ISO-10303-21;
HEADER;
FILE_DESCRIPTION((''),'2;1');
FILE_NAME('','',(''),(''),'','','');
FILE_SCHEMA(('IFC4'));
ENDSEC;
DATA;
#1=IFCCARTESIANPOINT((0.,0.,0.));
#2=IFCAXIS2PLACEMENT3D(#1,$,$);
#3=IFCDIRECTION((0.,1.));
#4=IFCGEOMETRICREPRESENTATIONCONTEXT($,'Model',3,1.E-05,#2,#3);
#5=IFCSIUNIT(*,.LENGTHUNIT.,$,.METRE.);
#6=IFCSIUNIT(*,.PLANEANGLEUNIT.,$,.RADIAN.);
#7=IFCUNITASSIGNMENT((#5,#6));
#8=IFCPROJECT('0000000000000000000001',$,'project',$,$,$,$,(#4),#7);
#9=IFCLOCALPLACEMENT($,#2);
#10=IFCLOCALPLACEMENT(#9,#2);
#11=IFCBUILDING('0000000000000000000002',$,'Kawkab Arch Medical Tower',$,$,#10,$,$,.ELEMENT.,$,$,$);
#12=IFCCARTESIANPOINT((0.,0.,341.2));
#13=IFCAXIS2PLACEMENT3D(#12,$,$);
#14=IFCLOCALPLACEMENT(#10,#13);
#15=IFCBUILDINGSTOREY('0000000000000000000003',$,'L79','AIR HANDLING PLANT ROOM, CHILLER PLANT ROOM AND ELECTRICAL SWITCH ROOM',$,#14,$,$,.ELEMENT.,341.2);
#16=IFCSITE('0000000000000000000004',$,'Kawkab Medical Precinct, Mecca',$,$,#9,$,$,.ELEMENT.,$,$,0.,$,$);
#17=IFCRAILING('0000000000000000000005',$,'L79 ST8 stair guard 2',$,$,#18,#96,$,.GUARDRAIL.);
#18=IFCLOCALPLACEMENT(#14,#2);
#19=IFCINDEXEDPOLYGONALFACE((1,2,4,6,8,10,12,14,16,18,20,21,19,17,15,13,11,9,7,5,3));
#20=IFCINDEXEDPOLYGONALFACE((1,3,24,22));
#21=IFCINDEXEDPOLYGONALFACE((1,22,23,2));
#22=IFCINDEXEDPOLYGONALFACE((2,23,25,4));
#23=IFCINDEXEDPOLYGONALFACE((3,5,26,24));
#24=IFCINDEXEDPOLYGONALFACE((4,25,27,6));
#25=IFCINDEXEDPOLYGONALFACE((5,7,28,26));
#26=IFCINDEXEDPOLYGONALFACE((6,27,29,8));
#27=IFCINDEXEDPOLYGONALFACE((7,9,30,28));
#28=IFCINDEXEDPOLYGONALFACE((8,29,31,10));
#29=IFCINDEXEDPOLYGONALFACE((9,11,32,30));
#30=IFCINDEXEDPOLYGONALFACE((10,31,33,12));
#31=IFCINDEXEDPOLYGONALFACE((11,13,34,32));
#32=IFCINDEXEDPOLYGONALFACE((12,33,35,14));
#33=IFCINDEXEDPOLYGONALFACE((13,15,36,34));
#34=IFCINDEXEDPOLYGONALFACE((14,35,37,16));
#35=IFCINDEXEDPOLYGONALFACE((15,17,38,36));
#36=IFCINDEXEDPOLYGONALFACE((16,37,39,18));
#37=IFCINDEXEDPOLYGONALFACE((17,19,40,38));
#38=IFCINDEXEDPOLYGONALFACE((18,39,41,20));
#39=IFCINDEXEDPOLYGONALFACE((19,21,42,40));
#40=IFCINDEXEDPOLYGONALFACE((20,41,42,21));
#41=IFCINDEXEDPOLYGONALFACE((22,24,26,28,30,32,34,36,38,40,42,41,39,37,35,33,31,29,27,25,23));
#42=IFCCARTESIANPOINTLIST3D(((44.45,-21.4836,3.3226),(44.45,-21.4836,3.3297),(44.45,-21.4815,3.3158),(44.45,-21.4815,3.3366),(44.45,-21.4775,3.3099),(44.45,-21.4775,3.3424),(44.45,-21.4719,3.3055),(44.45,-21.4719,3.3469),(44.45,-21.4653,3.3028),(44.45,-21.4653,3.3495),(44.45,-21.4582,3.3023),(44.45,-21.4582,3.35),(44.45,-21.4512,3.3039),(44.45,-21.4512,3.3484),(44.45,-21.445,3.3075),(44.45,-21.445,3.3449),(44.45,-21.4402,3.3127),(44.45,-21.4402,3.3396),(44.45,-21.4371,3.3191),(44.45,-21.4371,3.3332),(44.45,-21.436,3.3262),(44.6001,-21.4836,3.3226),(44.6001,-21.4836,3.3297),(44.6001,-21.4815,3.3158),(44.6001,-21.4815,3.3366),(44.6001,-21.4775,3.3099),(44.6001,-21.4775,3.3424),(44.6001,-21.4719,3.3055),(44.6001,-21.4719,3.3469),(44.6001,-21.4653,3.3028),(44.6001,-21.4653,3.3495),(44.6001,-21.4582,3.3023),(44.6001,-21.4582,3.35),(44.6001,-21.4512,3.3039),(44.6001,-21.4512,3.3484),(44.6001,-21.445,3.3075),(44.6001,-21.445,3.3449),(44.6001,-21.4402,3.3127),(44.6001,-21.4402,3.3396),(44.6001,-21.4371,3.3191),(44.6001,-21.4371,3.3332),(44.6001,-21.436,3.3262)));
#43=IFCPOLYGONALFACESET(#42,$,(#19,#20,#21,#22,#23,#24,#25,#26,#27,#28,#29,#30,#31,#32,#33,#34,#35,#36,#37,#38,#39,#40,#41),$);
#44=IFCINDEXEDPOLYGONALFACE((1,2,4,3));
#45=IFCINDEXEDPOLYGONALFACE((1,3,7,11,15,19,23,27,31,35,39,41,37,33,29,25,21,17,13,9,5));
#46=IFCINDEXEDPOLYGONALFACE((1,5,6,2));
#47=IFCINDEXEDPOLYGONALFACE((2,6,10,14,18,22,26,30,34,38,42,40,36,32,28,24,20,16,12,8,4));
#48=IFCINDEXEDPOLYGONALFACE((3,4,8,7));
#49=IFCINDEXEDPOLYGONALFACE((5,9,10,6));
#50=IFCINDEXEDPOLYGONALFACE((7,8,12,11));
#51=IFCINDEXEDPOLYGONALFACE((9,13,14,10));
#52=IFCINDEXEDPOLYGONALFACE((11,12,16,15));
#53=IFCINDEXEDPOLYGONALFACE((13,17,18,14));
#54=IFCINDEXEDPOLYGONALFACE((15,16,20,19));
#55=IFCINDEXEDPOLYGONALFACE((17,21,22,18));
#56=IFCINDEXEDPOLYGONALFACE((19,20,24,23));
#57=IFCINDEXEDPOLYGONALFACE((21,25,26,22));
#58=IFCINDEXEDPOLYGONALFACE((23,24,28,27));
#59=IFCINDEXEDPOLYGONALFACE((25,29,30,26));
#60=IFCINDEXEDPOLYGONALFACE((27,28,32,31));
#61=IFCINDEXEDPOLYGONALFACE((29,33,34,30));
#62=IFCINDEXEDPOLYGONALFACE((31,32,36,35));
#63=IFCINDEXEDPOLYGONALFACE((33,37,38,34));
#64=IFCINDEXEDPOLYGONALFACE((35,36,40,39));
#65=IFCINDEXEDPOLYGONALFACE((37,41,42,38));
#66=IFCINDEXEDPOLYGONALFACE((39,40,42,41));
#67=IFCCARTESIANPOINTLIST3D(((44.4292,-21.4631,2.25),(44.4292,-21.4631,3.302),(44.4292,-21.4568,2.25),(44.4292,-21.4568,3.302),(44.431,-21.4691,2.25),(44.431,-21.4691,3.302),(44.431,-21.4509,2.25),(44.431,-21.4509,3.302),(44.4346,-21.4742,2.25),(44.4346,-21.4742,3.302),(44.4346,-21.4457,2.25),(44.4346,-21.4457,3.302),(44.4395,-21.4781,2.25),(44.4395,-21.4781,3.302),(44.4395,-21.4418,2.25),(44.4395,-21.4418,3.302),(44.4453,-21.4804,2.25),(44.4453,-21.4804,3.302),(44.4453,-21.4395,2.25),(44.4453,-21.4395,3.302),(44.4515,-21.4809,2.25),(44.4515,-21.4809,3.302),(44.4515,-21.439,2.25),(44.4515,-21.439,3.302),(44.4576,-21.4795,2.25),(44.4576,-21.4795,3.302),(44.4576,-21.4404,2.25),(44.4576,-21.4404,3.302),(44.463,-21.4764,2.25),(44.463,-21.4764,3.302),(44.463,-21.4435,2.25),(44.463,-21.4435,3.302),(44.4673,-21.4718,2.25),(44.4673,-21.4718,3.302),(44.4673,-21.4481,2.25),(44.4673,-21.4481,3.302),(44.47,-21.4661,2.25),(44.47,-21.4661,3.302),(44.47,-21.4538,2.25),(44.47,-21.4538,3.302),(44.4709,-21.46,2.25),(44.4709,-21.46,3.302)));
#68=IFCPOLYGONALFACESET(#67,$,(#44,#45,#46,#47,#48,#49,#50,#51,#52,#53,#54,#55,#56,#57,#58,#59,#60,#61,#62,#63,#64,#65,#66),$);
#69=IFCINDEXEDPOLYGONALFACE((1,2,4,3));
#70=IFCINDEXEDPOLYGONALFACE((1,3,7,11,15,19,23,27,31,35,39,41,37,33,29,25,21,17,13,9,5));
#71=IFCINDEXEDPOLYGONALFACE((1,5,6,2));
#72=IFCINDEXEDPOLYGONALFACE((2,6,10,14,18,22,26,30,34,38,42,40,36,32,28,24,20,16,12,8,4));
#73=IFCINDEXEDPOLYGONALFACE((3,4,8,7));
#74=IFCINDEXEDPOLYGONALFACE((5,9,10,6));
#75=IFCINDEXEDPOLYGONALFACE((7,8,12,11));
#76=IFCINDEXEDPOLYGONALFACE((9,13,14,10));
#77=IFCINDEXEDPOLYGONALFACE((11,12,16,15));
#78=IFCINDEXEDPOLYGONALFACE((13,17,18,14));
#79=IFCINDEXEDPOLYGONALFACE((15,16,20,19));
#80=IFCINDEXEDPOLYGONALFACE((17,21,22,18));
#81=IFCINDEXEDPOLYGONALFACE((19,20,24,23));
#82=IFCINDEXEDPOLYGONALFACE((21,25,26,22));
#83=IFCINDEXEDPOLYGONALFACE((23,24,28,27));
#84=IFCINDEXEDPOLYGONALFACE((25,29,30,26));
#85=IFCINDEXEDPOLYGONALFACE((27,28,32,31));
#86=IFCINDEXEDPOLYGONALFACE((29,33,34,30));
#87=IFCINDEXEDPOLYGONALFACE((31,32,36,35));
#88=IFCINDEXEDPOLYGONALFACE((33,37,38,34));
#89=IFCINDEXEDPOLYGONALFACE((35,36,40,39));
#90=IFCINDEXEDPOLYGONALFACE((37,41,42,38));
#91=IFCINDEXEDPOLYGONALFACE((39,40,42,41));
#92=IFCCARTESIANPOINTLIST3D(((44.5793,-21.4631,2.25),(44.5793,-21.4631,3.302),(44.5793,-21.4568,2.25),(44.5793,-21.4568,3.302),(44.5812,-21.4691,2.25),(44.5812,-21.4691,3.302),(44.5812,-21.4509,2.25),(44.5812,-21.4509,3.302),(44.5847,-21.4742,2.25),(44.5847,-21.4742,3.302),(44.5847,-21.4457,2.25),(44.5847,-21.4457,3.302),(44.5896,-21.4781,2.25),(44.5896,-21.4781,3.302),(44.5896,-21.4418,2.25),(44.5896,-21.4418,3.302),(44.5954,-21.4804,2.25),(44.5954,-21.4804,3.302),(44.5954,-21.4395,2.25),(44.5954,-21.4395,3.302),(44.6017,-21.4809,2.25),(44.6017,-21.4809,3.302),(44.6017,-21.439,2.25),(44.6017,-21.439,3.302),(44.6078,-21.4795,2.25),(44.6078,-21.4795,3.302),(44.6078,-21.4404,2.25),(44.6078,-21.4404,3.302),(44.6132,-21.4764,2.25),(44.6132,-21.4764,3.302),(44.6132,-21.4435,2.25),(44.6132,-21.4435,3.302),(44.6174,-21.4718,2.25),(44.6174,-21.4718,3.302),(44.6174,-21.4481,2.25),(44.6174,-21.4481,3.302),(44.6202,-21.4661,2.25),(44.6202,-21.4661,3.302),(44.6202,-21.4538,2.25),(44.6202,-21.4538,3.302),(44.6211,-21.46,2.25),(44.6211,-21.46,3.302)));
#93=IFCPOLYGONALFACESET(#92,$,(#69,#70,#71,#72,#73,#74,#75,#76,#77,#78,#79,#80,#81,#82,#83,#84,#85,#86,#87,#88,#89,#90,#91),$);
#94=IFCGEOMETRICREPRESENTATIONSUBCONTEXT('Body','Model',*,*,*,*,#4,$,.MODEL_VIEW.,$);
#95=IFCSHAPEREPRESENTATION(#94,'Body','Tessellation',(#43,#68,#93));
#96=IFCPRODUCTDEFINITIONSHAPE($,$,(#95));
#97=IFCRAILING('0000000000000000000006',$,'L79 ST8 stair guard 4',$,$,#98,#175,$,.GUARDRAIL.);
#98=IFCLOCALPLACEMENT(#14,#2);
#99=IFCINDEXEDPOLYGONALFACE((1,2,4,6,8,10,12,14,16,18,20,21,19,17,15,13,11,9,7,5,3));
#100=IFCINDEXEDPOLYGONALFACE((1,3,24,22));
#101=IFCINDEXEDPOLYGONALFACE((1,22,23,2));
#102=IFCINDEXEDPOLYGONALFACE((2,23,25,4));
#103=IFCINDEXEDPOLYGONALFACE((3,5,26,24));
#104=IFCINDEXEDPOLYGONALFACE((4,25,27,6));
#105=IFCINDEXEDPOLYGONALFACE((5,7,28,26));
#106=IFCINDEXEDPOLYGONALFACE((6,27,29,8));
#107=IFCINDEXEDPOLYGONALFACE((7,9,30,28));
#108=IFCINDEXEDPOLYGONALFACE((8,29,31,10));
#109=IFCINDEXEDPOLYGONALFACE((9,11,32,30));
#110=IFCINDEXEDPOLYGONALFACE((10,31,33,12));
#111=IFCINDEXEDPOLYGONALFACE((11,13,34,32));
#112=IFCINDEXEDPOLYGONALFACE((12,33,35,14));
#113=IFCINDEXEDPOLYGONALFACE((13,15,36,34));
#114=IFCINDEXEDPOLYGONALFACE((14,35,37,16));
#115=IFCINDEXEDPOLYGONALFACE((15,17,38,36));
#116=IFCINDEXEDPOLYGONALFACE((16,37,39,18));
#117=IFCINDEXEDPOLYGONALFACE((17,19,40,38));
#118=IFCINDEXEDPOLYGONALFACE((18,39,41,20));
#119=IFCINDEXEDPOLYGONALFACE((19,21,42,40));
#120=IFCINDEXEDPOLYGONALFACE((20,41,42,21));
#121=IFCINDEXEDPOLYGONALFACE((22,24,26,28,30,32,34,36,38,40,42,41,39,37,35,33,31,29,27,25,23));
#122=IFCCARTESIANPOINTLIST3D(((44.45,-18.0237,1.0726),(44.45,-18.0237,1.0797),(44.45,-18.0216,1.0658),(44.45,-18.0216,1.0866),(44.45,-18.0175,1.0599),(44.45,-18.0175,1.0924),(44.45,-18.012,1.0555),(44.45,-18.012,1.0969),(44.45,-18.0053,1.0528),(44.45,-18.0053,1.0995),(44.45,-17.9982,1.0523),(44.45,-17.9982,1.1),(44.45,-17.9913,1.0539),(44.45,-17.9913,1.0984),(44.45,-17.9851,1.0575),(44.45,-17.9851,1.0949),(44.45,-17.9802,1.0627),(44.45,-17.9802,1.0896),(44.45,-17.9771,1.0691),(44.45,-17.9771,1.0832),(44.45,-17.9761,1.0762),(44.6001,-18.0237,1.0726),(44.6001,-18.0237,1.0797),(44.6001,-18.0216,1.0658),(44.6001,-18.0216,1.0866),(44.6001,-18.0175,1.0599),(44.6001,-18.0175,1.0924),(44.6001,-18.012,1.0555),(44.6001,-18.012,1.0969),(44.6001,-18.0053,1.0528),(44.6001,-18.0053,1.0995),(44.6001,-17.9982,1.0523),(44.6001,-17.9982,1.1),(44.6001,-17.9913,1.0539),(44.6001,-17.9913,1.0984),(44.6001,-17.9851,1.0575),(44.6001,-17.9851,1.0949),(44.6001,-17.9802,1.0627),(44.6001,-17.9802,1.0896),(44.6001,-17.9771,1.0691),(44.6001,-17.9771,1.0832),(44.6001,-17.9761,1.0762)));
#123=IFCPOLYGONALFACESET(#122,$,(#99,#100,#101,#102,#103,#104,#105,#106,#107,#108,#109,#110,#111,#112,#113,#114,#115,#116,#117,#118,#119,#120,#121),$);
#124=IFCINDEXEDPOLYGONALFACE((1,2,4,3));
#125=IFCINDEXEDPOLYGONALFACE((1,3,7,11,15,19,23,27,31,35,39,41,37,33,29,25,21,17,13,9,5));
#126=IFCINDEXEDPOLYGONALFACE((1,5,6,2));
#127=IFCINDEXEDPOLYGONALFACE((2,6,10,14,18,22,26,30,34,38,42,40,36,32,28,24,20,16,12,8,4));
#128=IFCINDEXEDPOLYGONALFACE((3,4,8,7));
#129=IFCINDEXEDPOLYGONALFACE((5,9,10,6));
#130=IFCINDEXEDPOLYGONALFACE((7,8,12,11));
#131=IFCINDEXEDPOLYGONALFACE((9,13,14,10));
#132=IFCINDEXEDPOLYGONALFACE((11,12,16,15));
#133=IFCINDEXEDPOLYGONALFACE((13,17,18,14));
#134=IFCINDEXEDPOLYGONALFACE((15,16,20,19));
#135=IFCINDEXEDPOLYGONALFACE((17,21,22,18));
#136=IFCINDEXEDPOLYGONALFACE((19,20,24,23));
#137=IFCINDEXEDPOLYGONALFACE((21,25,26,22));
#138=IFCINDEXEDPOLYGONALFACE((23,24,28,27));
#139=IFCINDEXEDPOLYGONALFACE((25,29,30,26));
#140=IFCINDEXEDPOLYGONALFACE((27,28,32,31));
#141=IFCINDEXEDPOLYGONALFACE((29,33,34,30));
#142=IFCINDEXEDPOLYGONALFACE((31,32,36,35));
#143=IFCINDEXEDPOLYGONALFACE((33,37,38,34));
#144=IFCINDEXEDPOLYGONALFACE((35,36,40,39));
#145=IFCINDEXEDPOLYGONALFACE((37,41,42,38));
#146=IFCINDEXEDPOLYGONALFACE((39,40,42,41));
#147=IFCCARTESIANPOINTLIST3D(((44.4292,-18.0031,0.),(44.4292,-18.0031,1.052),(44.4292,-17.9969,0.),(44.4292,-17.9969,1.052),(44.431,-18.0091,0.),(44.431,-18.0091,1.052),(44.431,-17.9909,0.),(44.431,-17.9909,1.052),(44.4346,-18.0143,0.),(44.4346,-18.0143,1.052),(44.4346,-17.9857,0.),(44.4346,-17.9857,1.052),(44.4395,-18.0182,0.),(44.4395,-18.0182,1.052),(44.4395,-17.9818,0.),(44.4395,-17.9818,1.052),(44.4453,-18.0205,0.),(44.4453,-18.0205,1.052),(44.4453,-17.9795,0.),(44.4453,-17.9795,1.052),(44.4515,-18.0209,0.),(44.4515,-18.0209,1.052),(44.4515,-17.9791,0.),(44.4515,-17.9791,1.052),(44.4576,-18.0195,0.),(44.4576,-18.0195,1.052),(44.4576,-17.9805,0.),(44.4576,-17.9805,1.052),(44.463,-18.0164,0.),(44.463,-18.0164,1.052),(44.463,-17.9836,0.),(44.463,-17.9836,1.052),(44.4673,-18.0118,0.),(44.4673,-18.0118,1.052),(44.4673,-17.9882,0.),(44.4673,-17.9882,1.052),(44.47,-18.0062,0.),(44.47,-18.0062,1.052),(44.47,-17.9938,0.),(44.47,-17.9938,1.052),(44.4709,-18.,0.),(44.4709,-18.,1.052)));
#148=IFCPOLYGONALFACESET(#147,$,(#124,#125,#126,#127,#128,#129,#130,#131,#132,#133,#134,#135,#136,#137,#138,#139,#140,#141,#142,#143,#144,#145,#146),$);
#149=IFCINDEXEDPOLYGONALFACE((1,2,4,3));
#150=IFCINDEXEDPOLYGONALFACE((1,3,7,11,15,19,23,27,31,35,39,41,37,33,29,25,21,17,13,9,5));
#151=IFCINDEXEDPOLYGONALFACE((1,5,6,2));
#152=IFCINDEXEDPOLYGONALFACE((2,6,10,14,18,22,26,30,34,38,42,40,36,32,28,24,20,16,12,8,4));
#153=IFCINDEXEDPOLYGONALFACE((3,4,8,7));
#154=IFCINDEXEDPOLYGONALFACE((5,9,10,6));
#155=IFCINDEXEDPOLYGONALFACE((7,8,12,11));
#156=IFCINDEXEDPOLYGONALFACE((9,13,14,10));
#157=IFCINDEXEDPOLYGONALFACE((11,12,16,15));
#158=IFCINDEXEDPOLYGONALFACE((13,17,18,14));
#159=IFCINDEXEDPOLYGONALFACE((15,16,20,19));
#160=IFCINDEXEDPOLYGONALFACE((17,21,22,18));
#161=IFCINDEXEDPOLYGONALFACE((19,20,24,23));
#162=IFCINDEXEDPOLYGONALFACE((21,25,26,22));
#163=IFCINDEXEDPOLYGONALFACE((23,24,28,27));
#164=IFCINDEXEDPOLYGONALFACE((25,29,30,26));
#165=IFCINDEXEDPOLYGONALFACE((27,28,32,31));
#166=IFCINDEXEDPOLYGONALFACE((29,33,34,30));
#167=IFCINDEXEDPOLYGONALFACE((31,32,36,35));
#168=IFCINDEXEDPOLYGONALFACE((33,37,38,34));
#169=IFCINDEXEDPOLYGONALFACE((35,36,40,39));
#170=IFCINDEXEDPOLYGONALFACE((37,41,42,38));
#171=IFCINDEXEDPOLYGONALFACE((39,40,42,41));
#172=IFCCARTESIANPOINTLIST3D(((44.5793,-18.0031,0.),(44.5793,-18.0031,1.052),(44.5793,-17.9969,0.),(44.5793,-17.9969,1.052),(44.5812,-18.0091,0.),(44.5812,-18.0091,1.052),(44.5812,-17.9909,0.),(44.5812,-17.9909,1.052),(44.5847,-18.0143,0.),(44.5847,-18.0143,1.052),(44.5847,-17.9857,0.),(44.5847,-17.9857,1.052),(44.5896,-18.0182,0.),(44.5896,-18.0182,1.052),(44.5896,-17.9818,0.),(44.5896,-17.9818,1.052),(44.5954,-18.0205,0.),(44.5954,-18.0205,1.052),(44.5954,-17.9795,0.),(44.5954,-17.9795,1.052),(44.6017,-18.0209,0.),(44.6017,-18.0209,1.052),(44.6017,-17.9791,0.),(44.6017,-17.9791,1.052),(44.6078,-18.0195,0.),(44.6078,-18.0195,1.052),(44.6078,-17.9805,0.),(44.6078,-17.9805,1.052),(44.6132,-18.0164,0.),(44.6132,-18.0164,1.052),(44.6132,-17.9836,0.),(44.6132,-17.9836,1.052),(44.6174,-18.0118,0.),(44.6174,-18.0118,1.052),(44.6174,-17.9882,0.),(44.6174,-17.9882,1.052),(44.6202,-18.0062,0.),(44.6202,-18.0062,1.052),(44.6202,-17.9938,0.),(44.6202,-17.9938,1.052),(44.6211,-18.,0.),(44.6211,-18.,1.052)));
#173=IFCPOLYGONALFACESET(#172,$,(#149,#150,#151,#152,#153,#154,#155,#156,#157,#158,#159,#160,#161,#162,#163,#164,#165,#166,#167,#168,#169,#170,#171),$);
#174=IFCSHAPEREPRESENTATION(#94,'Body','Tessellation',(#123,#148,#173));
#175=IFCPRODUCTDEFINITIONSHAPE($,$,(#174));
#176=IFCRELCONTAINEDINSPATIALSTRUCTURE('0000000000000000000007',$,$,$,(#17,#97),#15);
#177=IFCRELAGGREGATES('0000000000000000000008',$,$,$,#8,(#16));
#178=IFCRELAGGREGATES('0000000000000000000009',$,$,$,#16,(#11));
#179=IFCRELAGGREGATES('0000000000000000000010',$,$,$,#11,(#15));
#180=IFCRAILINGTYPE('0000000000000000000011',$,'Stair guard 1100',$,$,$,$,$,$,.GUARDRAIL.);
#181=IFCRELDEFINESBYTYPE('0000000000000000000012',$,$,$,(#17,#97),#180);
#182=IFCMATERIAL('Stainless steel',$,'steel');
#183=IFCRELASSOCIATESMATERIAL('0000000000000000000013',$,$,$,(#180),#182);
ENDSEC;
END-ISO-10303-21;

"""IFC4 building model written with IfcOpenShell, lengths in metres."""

from ifc_helpers import new_model, si_unit, direction, frame, origin, origin_2d, place, context, subcontext, project, spatial, circle, extrude, material, type_object, element, save


model = new_model("IFC4")

# Units and contexts
model_context = context("Model", 3, precision=1e-05, world=origin(), true_north=direction((0.0, 1.0)))
body_context = subcontext(model_context, "Body", "Model", "MODEL_VIEW")
ifc_project = project(units=[si_unit("LENGTHUNIT", "METRE"), si_unit("PLANEANGLEUNIT", "RADIAN")], contexts=[model_context])

# Site, building, storey
site_placement = place(None, origin())
site = spatial("IfcSite", under=ifc_project, at=site_placement, Name="Kawkab Medical Precinct, Mecca", CompositionType="ELEMENT", RefElevation=0.0)
building_placement = place(site_placement, origin())
building = spatial("IfcBuilding", under=site, at=building_placement, Name="Kawkab Arch Medical Tower", CompositionType="ELEMENT")
storey_placement = place(building_placement, frame((0.0, 0.0, 341.2)))
storey = spatial("IfcBuildingStorey", under=building, at=storey_placement, Name="L79", Description="AIR HANDLING PLANT ROOM, CHILLER PLANT ROOM AND ELECTRICAL SWITCH ROOM", CompositionType="ELEMENT", Elevation=341.2)

# Railings
ifc_material_1 = material(Name="Stainless steel", Category="steel")
railing_type = type_object("IfcRailingType", Name="Stair guard 1100", PredefinedType="GUARDRAIL", material=ifc_material_1)
for number, where, name in (
    (1, (44.45, -21.46, 2.25), "L79 ST8 stair guard 2"),
    (2, (44.45, -18.0, 0.0), "L79 ST8 stair guard 4"),
):
    element("IfcRailing", number, at=place(storey_placement, frame(where)), inside=storey, type_object=railing_type, Name=name, PredefinedType="GUARDRAIL", context=body_context, shape_type="SweptSolid", body=[
        extrude(circle(Radius=0.0239, at=origin_2d()), frame((0.0, 0.0, 1.0762), z_axis=(1.0, 0.0, 0.0), x_axis=(0.0, 1.0, 0.0)), (0.0, 0.0, 1.0), 0.1501),
        extrude(circle(Radius=0.021, at=origin_2d()), origin(), (0.0, 0.0, 1.0), 1.052),
        extrude(circle(Radius=0.021, at=origin_2d()), frame((0.1501, 0.0, 0.0)), (0.0, 0.0, 1.0), 1.052),
    ])

save(model, "model.ifc")
